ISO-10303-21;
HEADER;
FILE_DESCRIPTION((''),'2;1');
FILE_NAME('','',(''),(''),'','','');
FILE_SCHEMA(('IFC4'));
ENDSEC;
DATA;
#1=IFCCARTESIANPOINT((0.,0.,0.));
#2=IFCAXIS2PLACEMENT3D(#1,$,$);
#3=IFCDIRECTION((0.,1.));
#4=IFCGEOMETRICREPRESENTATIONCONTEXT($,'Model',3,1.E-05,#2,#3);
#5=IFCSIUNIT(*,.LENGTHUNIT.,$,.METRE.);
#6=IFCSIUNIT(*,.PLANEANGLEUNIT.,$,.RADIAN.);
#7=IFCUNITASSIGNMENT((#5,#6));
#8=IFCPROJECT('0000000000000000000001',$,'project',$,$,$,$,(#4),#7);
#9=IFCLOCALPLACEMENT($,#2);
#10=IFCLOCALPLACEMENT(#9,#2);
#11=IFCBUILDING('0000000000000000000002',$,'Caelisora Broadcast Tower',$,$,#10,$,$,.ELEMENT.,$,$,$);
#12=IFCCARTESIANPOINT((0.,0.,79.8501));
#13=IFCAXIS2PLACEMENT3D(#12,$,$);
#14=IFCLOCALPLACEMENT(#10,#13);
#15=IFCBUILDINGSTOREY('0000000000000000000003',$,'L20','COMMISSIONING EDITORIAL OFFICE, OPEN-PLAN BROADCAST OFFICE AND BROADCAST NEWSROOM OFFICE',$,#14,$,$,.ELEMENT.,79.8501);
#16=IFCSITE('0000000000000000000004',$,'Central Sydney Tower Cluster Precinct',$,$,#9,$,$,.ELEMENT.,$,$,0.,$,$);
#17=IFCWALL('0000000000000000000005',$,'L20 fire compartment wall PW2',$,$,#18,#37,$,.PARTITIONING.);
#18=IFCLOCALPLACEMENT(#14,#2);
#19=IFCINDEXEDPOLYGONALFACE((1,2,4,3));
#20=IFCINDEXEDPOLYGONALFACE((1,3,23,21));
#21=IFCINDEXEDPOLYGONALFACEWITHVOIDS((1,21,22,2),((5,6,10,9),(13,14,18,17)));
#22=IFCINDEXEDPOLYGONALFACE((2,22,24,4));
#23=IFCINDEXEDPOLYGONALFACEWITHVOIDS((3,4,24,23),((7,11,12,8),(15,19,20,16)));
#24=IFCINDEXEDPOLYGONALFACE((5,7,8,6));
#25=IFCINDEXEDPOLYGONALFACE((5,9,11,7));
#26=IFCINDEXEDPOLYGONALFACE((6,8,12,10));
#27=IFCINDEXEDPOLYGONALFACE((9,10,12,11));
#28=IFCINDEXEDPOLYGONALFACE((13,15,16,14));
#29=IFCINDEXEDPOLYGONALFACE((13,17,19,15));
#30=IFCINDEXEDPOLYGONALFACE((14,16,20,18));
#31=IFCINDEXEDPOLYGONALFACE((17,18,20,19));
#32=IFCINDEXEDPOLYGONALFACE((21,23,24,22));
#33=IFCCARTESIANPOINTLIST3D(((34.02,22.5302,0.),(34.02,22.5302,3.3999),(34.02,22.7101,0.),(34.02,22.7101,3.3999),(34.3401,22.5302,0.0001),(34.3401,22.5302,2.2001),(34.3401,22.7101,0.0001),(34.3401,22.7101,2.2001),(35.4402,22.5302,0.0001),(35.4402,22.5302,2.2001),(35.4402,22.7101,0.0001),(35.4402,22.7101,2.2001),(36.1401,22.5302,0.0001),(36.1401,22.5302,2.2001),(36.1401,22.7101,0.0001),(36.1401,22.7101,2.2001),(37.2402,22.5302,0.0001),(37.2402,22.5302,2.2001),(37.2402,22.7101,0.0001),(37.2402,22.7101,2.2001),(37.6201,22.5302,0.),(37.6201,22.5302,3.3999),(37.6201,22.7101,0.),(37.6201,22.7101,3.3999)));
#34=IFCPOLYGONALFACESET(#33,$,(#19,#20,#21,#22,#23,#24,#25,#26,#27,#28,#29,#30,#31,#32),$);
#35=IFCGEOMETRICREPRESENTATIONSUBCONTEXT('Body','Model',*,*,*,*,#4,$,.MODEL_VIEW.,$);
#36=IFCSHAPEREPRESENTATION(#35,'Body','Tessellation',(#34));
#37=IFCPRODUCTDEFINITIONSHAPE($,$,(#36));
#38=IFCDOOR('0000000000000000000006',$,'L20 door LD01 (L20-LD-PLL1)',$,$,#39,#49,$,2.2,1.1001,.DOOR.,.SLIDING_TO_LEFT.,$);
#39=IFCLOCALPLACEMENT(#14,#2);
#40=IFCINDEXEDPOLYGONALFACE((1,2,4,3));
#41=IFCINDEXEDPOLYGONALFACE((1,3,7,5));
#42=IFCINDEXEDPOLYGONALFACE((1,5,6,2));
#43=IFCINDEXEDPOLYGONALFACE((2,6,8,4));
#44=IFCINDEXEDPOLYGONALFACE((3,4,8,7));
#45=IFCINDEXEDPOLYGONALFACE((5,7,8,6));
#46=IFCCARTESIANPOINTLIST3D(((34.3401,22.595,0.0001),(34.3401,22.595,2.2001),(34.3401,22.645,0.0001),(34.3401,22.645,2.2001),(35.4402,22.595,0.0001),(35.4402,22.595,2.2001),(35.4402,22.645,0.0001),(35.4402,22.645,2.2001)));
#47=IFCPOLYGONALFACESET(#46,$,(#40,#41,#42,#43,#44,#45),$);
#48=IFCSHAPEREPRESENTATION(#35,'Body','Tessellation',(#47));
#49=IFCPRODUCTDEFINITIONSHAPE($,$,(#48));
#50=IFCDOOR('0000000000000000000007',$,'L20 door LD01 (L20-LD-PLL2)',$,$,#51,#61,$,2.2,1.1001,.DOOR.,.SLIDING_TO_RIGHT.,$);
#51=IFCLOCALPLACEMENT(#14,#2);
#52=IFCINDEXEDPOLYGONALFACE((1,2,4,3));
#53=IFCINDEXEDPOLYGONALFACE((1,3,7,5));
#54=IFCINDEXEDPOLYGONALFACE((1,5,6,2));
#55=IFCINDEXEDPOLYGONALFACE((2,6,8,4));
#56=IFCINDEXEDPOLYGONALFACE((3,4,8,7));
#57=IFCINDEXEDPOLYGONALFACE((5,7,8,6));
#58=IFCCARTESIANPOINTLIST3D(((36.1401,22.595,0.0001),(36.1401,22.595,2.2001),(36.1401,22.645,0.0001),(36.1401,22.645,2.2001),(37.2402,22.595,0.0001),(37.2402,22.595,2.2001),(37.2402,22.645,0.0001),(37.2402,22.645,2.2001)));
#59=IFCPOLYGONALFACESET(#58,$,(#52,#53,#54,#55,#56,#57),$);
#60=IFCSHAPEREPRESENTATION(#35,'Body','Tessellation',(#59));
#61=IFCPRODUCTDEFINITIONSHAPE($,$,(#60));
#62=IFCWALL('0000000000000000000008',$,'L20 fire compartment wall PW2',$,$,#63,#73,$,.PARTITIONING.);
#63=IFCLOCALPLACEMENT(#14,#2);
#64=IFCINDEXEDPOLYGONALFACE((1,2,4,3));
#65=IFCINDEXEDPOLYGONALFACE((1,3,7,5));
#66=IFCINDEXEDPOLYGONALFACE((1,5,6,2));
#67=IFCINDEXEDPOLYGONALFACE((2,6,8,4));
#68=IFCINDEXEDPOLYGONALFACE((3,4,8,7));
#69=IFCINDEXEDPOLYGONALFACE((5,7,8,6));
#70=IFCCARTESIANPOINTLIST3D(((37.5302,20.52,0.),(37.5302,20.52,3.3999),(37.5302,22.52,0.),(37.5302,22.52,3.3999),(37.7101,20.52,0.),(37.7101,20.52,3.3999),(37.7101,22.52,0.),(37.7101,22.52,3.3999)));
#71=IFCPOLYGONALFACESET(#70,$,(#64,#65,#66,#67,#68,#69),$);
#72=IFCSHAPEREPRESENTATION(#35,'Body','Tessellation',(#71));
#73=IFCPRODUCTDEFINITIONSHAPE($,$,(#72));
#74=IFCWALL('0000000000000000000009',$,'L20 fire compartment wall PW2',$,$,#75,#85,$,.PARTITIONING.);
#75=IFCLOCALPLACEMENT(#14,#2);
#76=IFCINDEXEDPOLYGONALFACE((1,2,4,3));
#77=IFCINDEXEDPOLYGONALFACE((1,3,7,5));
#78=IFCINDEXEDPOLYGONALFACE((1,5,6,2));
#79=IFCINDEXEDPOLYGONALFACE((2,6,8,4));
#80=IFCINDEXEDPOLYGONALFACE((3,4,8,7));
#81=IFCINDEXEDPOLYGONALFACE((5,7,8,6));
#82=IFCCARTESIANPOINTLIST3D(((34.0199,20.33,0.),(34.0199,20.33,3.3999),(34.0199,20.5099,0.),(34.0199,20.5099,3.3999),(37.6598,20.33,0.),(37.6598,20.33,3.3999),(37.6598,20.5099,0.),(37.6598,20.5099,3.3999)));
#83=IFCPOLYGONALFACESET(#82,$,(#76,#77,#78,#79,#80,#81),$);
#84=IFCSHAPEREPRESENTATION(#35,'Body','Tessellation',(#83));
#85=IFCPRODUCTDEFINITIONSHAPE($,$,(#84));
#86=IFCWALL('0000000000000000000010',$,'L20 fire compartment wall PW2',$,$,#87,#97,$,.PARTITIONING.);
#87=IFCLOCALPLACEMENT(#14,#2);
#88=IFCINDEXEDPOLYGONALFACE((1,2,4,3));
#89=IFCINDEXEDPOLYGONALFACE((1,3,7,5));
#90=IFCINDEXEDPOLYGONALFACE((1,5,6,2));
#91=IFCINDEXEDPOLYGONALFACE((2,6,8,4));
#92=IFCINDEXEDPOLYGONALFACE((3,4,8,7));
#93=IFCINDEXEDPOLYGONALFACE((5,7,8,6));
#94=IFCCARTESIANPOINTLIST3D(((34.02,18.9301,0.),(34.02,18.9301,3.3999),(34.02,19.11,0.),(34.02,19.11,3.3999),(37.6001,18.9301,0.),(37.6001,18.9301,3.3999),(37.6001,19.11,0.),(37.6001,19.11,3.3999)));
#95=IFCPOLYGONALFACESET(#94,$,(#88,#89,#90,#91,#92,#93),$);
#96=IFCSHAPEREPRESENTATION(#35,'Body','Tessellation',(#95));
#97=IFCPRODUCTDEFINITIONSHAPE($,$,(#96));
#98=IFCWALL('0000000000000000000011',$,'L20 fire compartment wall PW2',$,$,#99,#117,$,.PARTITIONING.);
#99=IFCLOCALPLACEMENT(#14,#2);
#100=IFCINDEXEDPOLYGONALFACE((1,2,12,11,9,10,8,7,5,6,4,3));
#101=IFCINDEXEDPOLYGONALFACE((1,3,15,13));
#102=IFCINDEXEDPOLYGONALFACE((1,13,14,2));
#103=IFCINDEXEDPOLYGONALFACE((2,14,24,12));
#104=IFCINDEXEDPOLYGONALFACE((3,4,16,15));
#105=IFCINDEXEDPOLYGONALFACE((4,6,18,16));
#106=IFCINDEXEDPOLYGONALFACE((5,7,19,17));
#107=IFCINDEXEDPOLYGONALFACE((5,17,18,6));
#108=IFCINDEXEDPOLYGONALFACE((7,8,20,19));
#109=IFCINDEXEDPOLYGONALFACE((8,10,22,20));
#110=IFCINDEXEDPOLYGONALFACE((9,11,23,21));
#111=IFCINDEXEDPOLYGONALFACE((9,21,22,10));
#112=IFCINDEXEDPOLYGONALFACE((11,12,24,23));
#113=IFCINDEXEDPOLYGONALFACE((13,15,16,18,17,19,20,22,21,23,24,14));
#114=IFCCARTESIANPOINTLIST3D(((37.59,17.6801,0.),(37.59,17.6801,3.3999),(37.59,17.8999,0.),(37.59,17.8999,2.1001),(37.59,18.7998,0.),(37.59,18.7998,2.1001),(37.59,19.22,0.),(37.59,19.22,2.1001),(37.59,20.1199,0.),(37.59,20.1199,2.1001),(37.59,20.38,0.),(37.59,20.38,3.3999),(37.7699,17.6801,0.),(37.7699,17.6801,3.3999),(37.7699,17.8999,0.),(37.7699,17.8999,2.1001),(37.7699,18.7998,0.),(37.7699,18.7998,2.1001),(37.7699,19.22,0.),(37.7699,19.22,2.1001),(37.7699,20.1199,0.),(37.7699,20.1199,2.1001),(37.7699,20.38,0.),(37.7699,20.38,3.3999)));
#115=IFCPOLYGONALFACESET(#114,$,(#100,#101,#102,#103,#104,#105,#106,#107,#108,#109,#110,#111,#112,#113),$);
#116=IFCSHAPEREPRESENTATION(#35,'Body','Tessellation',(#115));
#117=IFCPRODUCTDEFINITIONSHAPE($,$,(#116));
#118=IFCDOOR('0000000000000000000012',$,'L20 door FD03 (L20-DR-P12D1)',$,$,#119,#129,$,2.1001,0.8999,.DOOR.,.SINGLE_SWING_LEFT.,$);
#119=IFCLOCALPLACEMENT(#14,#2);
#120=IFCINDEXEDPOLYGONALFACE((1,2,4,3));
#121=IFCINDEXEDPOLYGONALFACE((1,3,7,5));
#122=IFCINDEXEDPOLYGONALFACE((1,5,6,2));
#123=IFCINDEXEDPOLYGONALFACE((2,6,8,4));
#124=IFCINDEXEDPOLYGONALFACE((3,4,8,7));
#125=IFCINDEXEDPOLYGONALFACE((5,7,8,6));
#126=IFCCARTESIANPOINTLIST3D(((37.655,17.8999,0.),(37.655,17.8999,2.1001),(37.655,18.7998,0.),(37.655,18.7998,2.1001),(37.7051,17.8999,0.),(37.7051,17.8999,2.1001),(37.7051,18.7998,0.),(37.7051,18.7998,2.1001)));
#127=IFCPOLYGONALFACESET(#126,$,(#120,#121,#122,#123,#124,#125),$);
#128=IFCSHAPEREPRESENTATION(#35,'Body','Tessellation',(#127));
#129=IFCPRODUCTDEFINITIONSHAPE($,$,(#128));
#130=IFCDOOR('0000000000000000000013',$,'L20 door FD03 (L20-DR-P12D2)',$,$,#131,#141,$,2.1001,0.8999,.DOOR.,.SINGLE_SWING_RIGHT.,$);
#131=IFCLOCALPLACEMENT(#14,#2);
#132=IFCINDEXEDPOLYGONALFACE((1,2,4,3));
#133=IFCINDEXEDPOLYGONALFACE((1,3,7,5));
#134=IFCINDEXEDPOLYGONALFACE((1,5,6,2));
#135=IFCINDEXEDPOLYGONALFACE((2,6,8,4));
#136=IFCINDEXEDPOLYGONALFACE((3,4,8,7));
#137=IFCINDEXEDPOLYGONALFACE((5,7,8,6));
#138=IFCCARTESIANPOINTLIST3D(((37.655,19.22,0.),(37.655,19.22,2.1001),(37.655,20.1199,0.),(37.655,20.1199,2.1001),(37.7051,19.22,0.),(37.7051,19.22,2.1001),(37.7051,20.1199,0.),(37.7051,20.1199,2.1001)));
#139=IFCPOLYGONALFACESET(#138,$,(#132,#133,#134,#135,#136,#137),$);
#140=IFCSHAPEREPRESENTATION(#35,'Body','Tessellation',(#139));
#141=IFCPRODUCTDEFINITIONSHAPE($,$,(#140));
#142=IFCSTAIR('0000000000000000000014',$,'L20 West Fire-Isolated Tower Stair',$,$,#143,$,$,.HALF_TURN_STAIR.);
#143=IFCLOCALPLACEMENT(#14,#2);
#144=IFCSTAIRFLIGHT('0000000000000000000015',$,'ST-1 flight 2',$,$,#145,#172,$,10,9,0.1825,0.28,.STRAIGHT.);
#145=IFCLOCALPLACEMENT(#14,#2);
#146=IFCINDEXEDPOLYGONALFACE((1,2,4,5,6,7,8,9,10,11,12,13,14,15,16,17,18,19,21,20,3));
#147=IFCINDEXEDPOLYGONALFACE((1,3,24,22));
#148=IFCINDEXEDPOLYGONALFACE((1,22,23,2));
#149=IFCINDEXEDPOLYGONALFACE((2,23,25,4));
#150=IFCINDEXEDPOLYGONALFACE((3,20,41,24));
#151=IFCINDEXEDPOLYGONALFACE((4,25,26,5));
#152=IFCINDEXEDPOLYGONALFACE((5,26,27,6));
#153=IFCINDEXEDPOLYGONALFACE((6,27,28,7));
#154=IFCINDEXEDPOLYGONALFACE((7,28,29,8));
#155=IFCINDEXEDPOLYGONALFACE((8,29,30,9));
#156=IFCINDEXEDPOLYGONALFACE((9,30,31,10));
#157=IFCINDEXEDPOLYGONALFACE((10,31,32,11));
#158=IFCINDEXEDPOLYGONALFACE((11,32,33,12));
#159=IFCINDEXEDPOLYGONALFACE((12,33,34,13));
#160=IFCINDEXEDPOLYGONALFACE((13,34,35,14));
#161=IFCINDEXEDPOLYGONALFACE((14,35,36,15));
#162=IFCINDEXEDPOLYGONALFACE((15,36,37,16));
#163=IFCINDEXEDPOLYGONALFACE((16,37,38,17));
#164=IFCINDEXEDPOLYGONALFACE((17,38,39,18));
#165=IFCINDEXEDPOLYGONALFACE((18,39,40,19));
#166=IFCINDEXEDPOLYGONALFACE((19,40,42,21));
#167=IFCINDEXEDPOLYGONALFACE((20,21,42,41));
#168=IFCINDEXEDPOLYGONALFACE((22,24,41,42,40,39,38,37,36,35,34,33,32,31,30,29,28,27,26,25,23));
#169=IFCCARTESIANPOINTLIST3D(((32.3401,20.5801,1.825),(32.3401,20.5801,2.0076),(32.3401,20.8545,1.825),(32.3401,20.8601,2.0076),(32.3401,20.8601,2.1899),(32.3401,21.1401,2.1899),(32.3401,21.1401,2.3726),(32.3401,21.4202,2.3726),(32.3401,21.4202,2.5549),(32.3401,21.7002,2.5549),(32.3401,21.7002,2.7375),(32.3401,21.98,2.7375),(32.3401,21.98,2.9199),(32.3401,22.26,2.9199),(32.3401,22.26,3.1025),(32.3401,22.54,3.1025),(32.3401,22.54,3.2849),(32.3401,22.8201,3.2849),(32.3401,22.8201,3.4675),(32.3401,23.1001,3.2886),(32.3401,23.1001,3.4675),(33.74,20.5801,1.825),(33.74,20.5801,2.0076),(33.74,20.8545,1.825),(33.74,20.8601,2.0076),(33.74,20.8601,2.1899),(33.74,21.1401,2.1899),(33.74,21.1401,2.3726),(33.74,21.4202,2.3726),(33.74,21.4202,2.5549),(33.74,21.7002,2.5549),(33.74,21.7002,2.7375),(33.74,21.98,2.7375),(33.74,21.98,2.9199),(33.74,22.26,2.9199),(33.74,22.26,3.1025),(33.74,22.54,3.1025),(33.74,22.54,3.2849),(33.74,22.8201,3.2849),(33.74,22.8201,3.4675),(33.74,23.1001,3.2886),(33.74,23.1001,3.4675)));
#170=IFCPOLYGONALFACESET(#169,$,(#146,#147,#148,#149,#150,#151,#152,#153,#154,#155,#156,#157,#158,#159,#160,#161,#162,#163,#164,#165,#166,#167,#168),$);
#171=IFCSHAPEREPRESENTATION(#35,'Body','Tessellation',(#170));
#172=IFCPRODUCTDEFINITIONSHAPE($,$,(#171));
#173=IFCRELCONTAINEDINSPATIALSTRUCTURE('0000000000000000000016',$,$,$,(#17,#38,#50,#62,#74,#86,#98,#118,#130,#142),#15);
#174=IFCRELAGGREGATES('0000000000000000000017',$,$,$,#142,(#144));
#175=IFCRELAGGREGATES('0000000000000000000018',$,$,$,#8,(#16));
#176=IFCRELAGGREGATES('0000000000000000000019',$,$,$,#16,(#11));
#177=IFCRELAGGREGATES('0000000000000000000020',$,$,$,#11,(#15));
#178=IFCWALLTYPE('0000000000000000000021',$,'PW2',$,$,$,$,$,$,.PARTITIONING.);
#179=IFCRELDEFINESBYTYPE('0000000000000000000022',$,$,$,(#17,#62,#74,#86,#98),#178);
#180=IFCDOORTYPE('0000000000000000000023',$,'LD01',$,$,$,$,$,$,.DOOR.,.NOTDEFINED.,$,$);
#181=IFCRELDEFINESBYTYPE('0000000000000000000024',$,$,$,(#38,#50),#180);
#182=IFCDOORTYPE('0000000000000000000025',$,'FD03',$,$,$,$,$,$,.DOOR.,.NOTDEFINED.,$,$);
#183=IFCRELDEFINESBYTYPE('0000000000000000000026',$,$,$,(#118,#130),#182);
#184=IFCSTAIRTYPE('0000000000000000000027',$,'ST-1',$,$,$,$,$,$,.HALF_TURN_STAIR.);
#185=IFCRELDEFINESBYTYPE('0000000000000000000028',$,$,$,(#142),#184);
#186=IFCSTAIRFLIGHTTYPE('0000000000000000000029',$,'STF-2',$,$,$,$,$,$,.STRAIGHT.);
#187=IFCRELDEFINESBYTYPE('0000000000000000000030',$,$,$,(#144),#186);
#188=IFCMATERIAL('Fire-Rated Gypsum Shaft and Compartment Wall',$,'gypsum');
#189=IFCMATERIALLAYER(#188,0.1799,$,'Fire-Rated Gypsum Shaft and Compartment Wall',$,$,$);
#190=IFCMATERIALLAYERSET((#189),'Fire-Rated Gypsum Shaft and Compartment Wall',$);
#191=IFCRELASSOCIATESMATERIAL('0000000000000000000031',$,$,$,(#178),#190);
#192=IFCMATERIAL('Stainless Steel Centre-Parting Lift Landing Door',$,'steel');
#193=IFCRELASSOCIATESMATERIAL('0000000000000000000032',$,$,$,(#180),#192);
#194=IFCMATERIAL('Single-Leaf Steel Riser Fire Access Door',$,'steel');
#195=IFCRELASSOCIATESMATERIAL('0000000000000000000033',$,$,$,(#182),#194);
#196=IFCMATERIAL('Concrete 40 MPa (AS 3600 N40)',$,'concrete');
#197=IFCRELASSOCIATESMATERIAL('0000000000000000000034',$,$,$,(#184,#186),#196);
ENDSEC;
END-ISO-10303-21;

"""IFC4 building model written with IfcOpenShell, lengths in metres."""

from ifc_helpers import new_model, si_unit, direction, frame, frame_2d, origin, place, context, subcontext, project, spatial, polyline, rectangle, outline, extrude, material, layer, layer_set, type_object, element, fill, aggregate, save


model = new_model("IFC4")

# Units and contexts
model_context = context("Model", 3, precision=1e-05, world=origin(), true_north=direction((0.0, 1.0)))
body_context = subcontext(model_context, "Body", "Model", "MODEL_VIEW")
ifc_project = project(units=[si_unit("LENGTHUNIT", "METRE"), si_unit("PLANEANGLEUNIT", "RADIAN")], contexts=[model_context])

# Site, building, storey
site_placement = place(None, origin())
site = spatial("IfcSite", under=ifc_project, at=site_placement, Name="Central Sydney Tower Cluster Precinct", CompositionType="ELEMENT", RefElevation=0.0)
building_placement = place(site_placement, origin())
building = spatial("IfcBuilding", under=site, at=building_placement, Name="Caelisora Broadcast Tower", CompositionType="ELEMENT")
storey_placement = place(building_placement, frame((0.0, 0.0, 79.8501)))
storey = spatial("IfcBuildingStorey", under=building, at=storey_placement, Name="L20", Description="COMMISSIONING EDITORIAL OFFICE, OPEN-PLAN BROADCAST OFFICE AND BROADCAST NEWSROOM OFFICE", CompositionType="ELEMENT", Elevation=79.8501)

# Wall, openings, doors
ifc_material_1 = material(Name="Fire-Rated Gypsum Shaft and Compartment Wall", Category="gypsum")
ifc_layer_1 = layer(ifc_material_1, 0.1799, Name="Fire-Rated Gypsum Shaft and Compartment Wall")
ifc_layer_set_1 = layer_set([ifc_layer_1], Name="Fire-Rated Gypsum Shaft and Compartment Wall")
wall_type_1 = type_object("IfcWallType", Name="PW2", PredefinedType="PARTITIONING", material=ifc_layer_set_1)
wall_1_placement = place(storey_placement, frame((34.02, 22.6201, 0.0), z_axis=(0.0, 0.0, 1.0), x_axis=(1.0, 0.0, 0.0)))
wall_1 = element("IfcWall", 1, at=wall_1_placement, inside=storey, type_object=wall_type_1, Name="L20 fire compartment wall PW2", PredefinedType="PARTITIONING", context=body_context, shape_type="SweptSolid", body=[
    extrude(rectangle(XDim=3.6001, YDim=0.1799, at=frame_2d((1.8, 0.0))), origin(), (0.0, 0.0, 1.0), 3.3999),
])
opening_1_placement = place(wall_1_placement, frame((0.3201, 0.0, 0.0)))
opening_1 = element("IfcOpeningElement", 2, at=opening_1_placement, cuts=wall_1, PredefinedType="OPENING", context=body_context, shape_type="SweptSolid", body=[
    extrude(rectangle(XDim=1.1001, YDim=2.2, at=frame_2d((0.55, 1.1001))), frame((0.0, 0.1021, 0.0), z_axis=(0.0, -1.0, 0.0), x_axis=(1.0, 0.0, 0.0)), (0.0, 0.0, 1.0), 0.2039),
])
opening_2_placement = place(wall_1_placement, frame((2.1201, 0.0, 0.0)))
opening_2 = element("IfcOpeningElement", 3, at=opening_2_placement, cuts=wall_1, PredefinedType="OPENING", context=body_context, shape_type="SweptSolid", body=[
    extrude(rectangle(XDim=1.1001, YDim=2.2, at=frame_2d((0.55, 1.1001))), frame((0.0, 0.1021, 0.0), z_axis=(0.0, -1.0, 0.0), x_axis=(1.0, 0.0, 0.0)), (0.0, 0.0, 1.0), 0.2039),
])
ifc_material_2 = material(Name="Stainless Steel Centre-Parting Lift Landing Door", Category="steel")
door_type_1 = type_object("IfcDoorType", Name="LD01", OperationType="NOTDEFINED", PredefinedType="DOOR", material=ifc_material_2)
door_1_placement = place(opening_1_placement, origin())
door_1 = element("IfcDoor", 4, at=door_1_placement, inside=storey, type_object=door_type_1, Name="L20 door LD01 (L20-LD-PLL1)", OperationType="SLIDING_TO_LEFT", OverallHeight=2.2, OverallWidth=1.1001, PredefinedType="DOOR", context=body_context, shape_type="SweptSolid", body=[
    extrude(rectangle(XDim=1.1001, YDim=2.2, at=frame_2d((0.55, 1.1001))), frame((0.0, 0.0249, 0.0), z_axis=(0.0, -1.0, 0.0), x_axis=(1.0, 0.0, 0.0)), (0.0, 0.0, 1.0), 0.05),
])
fill(opening_1, door_1)
door_2_placement = place(opening_2_placement, origin())
door_2 = element("IfcDoor", 5, at=door_2_placement, inside=storey, type_object=door_type_1, Name="L20 door LD01 (L20-LD-PLL2)", OperationType="SLIDING_TO_RIGHT", OverallHeight=2.2, OverallWidth=1.1001, PredefinedType="DOOR", context=body_context, shape_type="SweptSolid", body=[
    extrude(rectangle(XDim=1.1001, YDim=2.2, at=frame_2d((0.55, 1.1001))), frame((0.0, 0.0249, 0.0), z_axis=(0.0, -1.0, 0.0), x_axis=(1.0, 0.0, 0.0)), (0.0, 0.0, 1.0), 0.05),
])
fill(opening_2, door_2)

# Walls
wall_2_placement = place(storey_placement, frame((37.6201, 20.52, 0.0), z_axis=(0.0, 0.0, 1.0), x_axis=(0.0, 1.0, 0.0)))
element("IfcWall", 6, at=wall_2_placement, inside=storey, type_object=wall_type_1, Name="L20 fire compartment wall PW2", PredefinedType="PARTITIONING", context=body_context, shape_type="SweptSolid", body=[
    extrude(rectangle(XDim=2.0, YDim=0.1799, at=frame_2d((1.0, 0.0))), origin(), (0.0, 0.0, 1.0), 3.3999),
])
wall_3_placement = place(storey_placement, frame((34.02, 20.4199, 0.0), z_axis=(0.0, 0.0, 1.0), x_axis=(1.0, 0.0, 0.0)))
element("IfcWall", 7, at=wall_3_placement, inside=storey, type_object=wall_type_1, Name="L20 fire compartment wall PW2", PredefinedType="PARTITIONING", context=body_context, shape_type="SweptSolid", body=[
    extrude(rectangle(XDim=3.6399, YDim=0.1799, at=frame_2d((1.8198, 0.0))), origin(), (0.0, 0.0, 1.0), 3.3999),
])
wall_4_placement = place(storey_placement, frame((34.02, 19.02, 0.0), z_axis=(0.0, 0.0, 1.0), x_axis=(1.0, 0.0, 0.0)))
element("IfcWall", 8, at=wall_4_placement, inside=storey, type_object=wall_type_1, Name="L20 fire compartment wall PW2", PredefinedType="PARTITIONING", context=body_context, shape_type="SweptSolid", body=[
    extrude(rectangle(XDim=3.5801, YDim=0.1799, at=frame_2d((1.79, 0.0))), origin(), (0.0, 0.0, 1.0), 3.3999),
])

# Wall, openings, doors
wall_5_placement = place(storey_placement, frame((37.6799, 17.6799, 0.0), z_axis=(0.0, 0.0, 1.0), x_axis=(0.0, 1.0, 0.0)))
wall_5 = element("IfcWall", 9, at=wall_5_placement, inside=storey, type_object=wall_type_1, Name="L20 fire compartment wall PW2", PredefinedType="PARTITIONING", context=body_context, shape_type="SweptSolid", body=[
    extrude(rectangle(XDim=2.7, YDim=0.1799, at=frame_2d((1.3501, 0.0))), origin(), (0.0, 0.0, 1.0), 3.3999),
])
opening_3_placement = place(wall_5_placement, frame((0.22, 0.0, 0.0)))
opening_3 = element("IfcOpeningElement", 10, at=opening_3_placement, cuts=wall_5, PredefinedType="OPENING", context=body_context, shape_type="SweptSolid", body=[
    extrude(rectangle(XDim=0.8999, YDim=2.1001, at=frame_2d((0.45, 1.05))), frame((0.0, 0.1021, 0.0), z_axis=(0.0, -1.0, 0.0), x_axis=(1.0, 0.0, 0.0)), (0.0, 0.0, 1.0), 0.2039),
])
opening_4_placement = place(wall_5_placement, frame((1.54, 0.0, 0.0)))
opening_4 = element("IfcOpeningElement", 11, at=opening_4_placement, cuts=wall_5, PredefinedType="OPENING", context=body_context, shape_type="SweptSolid", body=[
    extrude(rectangle(XDim=0.8999, YDim=2.1001, at=frame_2d((0.45, 1.05))), frame((0.0, 0.1021, 0.0), z_axis=(0.0, -1.0, 0.0), x_axis=(1.0, 0.0, 0.0)), (0.0, 0.0, 1.0), 0.2039),
])
ifc_material_3 = material(Name="Single-Leaf Steel Riser Fire Access Door", Category="steel")
door_type_2 = type_object("IfcDoorType", Name="FD03", OperationType="NOTDEFINED", PredefinedType="DOOR", material=ifc_material_3)
door_3_placement = place(opening_3_placement, origin())
door_3 = element("IfcDoor", 12, at=door_3_placement, inside=storey, type_object=door_type_2, Name="L20 door FD03 (L20-DR-P12D1)", OperationType="SINGLE_SWING_LEFT", OverallHeight=2.1001, OverallWidth=0.8999, PredefinedType="DOOR", context=body_context, shape_type="SweptSolid", body=[
    extrude(rectangle(XDim=0.8999, YDim=2.1001, at=frame_2d((0.45, 1.05))), frame((0.0, 0.0249, 0.0), z_axis=(0.0, -1.0, 0.0), x_axis=(1.0, 0.0, 0.0)), (0.0, 0.0, 1.0), 0.05),
])
fill(opening_3, door_3)
door_4_placement = place(opening_4_placement, origin())
door_4 = element("IfcDoor", 13, at=door_4_placement, inside=storey, type_object=door_type_2, Name="L20 door FD03 (L20-DR-P12D2)", OperationType="SINGLE_SWING_RIGHT", OverallHeight=2.1001, OverallWidth=0.8999, PredefinedType="DOOR", context=body_context, shape_type="SweptSolid", body=[
    extrude(rectangle(XDim=0.8999, YDim=2.1001, at=frame_2d((0.45, 1.05))), frame((0.0, 0.0249, 0.0), z_axis=(0.0, -1.0, 0.0), x_axis=(1.0, 0.0, 0.0)), (0.0, 0.0, 1.0), 0.05),
])
fill(opening_4, door_4)

# Stair, stair flight
ifc_material_4 = material(Name="Concrete 40 MPa (AS 3600 N40)", Category="concrete")
stair_type = type_object("IfcStairType", Name="ST-1", PredefinedType="HALF_TURN_STAIR", material=ifc_material_4)
stair_placement = place(storey_placement, origin())
stair = element("IfcStair", 14, at=stair_placement, inside=storey, type_object=stair_type, Name="L20 West Fire-Isolated Tower Stair", PredefinedType="HALF_TURN_STAIR")
stair_flight_type = type_object("IfcStairFlightType", Name="STF-2", PredefinedType="STRAIGHT", material=ifc_material_4)
stair_flight_placement = place(storey_placement, frame((33.04, 20.5801, 1.825), z_axis=(0.0, 0.0, 1.0), x_axis=(0.0, 1.0, 0.0)))
stair_flight = element("IfcStairFlight", 15, at=stair_flight_placement, type_object=stair_flight_type, Name="ST-1 flight 2", NumberOfRisers=10, NumberOfTreads=9, PredefinedType="STRAIGHT", RiserHeight=0.1825, TreadLength=0.28, context=body_context, shape_type="SweptSolid", body=[
    extrude(outline(polyline([(0.0, 0.0), (0.0, 0.1826), (0.28, 0.1826), (0.28, 0.365), (0.5601, 0.365), (0.5601, 0.5476), (0.8401, 0.5476), (0.8401, 0.73), (1.1201, 0.73), (1.1201, 0.9126), (1.3999, 0.9126), (1.3999, 1.095), (1.6799, 1.095), (1.6799, 1.2776), (1.96, 1.2776), (1.96, 1.46), (2.24, 1.46), (2.24, 1.6426), (2.52, 1.6426), (2.52, 1.825), (2.52, 1.4636), (0.2744, 0.0), (0.0, 0.0)])), frame((0.0, 0.7, 0.0), z_axis=(0.0, -1.0, 0.0), x_axis=(1.0, 0.0, 0.0)), (0.0, 0.0, 1.0), 1.3999),
])
aggregate(stair, [stair_flight])

save(model, "model.ifc")
